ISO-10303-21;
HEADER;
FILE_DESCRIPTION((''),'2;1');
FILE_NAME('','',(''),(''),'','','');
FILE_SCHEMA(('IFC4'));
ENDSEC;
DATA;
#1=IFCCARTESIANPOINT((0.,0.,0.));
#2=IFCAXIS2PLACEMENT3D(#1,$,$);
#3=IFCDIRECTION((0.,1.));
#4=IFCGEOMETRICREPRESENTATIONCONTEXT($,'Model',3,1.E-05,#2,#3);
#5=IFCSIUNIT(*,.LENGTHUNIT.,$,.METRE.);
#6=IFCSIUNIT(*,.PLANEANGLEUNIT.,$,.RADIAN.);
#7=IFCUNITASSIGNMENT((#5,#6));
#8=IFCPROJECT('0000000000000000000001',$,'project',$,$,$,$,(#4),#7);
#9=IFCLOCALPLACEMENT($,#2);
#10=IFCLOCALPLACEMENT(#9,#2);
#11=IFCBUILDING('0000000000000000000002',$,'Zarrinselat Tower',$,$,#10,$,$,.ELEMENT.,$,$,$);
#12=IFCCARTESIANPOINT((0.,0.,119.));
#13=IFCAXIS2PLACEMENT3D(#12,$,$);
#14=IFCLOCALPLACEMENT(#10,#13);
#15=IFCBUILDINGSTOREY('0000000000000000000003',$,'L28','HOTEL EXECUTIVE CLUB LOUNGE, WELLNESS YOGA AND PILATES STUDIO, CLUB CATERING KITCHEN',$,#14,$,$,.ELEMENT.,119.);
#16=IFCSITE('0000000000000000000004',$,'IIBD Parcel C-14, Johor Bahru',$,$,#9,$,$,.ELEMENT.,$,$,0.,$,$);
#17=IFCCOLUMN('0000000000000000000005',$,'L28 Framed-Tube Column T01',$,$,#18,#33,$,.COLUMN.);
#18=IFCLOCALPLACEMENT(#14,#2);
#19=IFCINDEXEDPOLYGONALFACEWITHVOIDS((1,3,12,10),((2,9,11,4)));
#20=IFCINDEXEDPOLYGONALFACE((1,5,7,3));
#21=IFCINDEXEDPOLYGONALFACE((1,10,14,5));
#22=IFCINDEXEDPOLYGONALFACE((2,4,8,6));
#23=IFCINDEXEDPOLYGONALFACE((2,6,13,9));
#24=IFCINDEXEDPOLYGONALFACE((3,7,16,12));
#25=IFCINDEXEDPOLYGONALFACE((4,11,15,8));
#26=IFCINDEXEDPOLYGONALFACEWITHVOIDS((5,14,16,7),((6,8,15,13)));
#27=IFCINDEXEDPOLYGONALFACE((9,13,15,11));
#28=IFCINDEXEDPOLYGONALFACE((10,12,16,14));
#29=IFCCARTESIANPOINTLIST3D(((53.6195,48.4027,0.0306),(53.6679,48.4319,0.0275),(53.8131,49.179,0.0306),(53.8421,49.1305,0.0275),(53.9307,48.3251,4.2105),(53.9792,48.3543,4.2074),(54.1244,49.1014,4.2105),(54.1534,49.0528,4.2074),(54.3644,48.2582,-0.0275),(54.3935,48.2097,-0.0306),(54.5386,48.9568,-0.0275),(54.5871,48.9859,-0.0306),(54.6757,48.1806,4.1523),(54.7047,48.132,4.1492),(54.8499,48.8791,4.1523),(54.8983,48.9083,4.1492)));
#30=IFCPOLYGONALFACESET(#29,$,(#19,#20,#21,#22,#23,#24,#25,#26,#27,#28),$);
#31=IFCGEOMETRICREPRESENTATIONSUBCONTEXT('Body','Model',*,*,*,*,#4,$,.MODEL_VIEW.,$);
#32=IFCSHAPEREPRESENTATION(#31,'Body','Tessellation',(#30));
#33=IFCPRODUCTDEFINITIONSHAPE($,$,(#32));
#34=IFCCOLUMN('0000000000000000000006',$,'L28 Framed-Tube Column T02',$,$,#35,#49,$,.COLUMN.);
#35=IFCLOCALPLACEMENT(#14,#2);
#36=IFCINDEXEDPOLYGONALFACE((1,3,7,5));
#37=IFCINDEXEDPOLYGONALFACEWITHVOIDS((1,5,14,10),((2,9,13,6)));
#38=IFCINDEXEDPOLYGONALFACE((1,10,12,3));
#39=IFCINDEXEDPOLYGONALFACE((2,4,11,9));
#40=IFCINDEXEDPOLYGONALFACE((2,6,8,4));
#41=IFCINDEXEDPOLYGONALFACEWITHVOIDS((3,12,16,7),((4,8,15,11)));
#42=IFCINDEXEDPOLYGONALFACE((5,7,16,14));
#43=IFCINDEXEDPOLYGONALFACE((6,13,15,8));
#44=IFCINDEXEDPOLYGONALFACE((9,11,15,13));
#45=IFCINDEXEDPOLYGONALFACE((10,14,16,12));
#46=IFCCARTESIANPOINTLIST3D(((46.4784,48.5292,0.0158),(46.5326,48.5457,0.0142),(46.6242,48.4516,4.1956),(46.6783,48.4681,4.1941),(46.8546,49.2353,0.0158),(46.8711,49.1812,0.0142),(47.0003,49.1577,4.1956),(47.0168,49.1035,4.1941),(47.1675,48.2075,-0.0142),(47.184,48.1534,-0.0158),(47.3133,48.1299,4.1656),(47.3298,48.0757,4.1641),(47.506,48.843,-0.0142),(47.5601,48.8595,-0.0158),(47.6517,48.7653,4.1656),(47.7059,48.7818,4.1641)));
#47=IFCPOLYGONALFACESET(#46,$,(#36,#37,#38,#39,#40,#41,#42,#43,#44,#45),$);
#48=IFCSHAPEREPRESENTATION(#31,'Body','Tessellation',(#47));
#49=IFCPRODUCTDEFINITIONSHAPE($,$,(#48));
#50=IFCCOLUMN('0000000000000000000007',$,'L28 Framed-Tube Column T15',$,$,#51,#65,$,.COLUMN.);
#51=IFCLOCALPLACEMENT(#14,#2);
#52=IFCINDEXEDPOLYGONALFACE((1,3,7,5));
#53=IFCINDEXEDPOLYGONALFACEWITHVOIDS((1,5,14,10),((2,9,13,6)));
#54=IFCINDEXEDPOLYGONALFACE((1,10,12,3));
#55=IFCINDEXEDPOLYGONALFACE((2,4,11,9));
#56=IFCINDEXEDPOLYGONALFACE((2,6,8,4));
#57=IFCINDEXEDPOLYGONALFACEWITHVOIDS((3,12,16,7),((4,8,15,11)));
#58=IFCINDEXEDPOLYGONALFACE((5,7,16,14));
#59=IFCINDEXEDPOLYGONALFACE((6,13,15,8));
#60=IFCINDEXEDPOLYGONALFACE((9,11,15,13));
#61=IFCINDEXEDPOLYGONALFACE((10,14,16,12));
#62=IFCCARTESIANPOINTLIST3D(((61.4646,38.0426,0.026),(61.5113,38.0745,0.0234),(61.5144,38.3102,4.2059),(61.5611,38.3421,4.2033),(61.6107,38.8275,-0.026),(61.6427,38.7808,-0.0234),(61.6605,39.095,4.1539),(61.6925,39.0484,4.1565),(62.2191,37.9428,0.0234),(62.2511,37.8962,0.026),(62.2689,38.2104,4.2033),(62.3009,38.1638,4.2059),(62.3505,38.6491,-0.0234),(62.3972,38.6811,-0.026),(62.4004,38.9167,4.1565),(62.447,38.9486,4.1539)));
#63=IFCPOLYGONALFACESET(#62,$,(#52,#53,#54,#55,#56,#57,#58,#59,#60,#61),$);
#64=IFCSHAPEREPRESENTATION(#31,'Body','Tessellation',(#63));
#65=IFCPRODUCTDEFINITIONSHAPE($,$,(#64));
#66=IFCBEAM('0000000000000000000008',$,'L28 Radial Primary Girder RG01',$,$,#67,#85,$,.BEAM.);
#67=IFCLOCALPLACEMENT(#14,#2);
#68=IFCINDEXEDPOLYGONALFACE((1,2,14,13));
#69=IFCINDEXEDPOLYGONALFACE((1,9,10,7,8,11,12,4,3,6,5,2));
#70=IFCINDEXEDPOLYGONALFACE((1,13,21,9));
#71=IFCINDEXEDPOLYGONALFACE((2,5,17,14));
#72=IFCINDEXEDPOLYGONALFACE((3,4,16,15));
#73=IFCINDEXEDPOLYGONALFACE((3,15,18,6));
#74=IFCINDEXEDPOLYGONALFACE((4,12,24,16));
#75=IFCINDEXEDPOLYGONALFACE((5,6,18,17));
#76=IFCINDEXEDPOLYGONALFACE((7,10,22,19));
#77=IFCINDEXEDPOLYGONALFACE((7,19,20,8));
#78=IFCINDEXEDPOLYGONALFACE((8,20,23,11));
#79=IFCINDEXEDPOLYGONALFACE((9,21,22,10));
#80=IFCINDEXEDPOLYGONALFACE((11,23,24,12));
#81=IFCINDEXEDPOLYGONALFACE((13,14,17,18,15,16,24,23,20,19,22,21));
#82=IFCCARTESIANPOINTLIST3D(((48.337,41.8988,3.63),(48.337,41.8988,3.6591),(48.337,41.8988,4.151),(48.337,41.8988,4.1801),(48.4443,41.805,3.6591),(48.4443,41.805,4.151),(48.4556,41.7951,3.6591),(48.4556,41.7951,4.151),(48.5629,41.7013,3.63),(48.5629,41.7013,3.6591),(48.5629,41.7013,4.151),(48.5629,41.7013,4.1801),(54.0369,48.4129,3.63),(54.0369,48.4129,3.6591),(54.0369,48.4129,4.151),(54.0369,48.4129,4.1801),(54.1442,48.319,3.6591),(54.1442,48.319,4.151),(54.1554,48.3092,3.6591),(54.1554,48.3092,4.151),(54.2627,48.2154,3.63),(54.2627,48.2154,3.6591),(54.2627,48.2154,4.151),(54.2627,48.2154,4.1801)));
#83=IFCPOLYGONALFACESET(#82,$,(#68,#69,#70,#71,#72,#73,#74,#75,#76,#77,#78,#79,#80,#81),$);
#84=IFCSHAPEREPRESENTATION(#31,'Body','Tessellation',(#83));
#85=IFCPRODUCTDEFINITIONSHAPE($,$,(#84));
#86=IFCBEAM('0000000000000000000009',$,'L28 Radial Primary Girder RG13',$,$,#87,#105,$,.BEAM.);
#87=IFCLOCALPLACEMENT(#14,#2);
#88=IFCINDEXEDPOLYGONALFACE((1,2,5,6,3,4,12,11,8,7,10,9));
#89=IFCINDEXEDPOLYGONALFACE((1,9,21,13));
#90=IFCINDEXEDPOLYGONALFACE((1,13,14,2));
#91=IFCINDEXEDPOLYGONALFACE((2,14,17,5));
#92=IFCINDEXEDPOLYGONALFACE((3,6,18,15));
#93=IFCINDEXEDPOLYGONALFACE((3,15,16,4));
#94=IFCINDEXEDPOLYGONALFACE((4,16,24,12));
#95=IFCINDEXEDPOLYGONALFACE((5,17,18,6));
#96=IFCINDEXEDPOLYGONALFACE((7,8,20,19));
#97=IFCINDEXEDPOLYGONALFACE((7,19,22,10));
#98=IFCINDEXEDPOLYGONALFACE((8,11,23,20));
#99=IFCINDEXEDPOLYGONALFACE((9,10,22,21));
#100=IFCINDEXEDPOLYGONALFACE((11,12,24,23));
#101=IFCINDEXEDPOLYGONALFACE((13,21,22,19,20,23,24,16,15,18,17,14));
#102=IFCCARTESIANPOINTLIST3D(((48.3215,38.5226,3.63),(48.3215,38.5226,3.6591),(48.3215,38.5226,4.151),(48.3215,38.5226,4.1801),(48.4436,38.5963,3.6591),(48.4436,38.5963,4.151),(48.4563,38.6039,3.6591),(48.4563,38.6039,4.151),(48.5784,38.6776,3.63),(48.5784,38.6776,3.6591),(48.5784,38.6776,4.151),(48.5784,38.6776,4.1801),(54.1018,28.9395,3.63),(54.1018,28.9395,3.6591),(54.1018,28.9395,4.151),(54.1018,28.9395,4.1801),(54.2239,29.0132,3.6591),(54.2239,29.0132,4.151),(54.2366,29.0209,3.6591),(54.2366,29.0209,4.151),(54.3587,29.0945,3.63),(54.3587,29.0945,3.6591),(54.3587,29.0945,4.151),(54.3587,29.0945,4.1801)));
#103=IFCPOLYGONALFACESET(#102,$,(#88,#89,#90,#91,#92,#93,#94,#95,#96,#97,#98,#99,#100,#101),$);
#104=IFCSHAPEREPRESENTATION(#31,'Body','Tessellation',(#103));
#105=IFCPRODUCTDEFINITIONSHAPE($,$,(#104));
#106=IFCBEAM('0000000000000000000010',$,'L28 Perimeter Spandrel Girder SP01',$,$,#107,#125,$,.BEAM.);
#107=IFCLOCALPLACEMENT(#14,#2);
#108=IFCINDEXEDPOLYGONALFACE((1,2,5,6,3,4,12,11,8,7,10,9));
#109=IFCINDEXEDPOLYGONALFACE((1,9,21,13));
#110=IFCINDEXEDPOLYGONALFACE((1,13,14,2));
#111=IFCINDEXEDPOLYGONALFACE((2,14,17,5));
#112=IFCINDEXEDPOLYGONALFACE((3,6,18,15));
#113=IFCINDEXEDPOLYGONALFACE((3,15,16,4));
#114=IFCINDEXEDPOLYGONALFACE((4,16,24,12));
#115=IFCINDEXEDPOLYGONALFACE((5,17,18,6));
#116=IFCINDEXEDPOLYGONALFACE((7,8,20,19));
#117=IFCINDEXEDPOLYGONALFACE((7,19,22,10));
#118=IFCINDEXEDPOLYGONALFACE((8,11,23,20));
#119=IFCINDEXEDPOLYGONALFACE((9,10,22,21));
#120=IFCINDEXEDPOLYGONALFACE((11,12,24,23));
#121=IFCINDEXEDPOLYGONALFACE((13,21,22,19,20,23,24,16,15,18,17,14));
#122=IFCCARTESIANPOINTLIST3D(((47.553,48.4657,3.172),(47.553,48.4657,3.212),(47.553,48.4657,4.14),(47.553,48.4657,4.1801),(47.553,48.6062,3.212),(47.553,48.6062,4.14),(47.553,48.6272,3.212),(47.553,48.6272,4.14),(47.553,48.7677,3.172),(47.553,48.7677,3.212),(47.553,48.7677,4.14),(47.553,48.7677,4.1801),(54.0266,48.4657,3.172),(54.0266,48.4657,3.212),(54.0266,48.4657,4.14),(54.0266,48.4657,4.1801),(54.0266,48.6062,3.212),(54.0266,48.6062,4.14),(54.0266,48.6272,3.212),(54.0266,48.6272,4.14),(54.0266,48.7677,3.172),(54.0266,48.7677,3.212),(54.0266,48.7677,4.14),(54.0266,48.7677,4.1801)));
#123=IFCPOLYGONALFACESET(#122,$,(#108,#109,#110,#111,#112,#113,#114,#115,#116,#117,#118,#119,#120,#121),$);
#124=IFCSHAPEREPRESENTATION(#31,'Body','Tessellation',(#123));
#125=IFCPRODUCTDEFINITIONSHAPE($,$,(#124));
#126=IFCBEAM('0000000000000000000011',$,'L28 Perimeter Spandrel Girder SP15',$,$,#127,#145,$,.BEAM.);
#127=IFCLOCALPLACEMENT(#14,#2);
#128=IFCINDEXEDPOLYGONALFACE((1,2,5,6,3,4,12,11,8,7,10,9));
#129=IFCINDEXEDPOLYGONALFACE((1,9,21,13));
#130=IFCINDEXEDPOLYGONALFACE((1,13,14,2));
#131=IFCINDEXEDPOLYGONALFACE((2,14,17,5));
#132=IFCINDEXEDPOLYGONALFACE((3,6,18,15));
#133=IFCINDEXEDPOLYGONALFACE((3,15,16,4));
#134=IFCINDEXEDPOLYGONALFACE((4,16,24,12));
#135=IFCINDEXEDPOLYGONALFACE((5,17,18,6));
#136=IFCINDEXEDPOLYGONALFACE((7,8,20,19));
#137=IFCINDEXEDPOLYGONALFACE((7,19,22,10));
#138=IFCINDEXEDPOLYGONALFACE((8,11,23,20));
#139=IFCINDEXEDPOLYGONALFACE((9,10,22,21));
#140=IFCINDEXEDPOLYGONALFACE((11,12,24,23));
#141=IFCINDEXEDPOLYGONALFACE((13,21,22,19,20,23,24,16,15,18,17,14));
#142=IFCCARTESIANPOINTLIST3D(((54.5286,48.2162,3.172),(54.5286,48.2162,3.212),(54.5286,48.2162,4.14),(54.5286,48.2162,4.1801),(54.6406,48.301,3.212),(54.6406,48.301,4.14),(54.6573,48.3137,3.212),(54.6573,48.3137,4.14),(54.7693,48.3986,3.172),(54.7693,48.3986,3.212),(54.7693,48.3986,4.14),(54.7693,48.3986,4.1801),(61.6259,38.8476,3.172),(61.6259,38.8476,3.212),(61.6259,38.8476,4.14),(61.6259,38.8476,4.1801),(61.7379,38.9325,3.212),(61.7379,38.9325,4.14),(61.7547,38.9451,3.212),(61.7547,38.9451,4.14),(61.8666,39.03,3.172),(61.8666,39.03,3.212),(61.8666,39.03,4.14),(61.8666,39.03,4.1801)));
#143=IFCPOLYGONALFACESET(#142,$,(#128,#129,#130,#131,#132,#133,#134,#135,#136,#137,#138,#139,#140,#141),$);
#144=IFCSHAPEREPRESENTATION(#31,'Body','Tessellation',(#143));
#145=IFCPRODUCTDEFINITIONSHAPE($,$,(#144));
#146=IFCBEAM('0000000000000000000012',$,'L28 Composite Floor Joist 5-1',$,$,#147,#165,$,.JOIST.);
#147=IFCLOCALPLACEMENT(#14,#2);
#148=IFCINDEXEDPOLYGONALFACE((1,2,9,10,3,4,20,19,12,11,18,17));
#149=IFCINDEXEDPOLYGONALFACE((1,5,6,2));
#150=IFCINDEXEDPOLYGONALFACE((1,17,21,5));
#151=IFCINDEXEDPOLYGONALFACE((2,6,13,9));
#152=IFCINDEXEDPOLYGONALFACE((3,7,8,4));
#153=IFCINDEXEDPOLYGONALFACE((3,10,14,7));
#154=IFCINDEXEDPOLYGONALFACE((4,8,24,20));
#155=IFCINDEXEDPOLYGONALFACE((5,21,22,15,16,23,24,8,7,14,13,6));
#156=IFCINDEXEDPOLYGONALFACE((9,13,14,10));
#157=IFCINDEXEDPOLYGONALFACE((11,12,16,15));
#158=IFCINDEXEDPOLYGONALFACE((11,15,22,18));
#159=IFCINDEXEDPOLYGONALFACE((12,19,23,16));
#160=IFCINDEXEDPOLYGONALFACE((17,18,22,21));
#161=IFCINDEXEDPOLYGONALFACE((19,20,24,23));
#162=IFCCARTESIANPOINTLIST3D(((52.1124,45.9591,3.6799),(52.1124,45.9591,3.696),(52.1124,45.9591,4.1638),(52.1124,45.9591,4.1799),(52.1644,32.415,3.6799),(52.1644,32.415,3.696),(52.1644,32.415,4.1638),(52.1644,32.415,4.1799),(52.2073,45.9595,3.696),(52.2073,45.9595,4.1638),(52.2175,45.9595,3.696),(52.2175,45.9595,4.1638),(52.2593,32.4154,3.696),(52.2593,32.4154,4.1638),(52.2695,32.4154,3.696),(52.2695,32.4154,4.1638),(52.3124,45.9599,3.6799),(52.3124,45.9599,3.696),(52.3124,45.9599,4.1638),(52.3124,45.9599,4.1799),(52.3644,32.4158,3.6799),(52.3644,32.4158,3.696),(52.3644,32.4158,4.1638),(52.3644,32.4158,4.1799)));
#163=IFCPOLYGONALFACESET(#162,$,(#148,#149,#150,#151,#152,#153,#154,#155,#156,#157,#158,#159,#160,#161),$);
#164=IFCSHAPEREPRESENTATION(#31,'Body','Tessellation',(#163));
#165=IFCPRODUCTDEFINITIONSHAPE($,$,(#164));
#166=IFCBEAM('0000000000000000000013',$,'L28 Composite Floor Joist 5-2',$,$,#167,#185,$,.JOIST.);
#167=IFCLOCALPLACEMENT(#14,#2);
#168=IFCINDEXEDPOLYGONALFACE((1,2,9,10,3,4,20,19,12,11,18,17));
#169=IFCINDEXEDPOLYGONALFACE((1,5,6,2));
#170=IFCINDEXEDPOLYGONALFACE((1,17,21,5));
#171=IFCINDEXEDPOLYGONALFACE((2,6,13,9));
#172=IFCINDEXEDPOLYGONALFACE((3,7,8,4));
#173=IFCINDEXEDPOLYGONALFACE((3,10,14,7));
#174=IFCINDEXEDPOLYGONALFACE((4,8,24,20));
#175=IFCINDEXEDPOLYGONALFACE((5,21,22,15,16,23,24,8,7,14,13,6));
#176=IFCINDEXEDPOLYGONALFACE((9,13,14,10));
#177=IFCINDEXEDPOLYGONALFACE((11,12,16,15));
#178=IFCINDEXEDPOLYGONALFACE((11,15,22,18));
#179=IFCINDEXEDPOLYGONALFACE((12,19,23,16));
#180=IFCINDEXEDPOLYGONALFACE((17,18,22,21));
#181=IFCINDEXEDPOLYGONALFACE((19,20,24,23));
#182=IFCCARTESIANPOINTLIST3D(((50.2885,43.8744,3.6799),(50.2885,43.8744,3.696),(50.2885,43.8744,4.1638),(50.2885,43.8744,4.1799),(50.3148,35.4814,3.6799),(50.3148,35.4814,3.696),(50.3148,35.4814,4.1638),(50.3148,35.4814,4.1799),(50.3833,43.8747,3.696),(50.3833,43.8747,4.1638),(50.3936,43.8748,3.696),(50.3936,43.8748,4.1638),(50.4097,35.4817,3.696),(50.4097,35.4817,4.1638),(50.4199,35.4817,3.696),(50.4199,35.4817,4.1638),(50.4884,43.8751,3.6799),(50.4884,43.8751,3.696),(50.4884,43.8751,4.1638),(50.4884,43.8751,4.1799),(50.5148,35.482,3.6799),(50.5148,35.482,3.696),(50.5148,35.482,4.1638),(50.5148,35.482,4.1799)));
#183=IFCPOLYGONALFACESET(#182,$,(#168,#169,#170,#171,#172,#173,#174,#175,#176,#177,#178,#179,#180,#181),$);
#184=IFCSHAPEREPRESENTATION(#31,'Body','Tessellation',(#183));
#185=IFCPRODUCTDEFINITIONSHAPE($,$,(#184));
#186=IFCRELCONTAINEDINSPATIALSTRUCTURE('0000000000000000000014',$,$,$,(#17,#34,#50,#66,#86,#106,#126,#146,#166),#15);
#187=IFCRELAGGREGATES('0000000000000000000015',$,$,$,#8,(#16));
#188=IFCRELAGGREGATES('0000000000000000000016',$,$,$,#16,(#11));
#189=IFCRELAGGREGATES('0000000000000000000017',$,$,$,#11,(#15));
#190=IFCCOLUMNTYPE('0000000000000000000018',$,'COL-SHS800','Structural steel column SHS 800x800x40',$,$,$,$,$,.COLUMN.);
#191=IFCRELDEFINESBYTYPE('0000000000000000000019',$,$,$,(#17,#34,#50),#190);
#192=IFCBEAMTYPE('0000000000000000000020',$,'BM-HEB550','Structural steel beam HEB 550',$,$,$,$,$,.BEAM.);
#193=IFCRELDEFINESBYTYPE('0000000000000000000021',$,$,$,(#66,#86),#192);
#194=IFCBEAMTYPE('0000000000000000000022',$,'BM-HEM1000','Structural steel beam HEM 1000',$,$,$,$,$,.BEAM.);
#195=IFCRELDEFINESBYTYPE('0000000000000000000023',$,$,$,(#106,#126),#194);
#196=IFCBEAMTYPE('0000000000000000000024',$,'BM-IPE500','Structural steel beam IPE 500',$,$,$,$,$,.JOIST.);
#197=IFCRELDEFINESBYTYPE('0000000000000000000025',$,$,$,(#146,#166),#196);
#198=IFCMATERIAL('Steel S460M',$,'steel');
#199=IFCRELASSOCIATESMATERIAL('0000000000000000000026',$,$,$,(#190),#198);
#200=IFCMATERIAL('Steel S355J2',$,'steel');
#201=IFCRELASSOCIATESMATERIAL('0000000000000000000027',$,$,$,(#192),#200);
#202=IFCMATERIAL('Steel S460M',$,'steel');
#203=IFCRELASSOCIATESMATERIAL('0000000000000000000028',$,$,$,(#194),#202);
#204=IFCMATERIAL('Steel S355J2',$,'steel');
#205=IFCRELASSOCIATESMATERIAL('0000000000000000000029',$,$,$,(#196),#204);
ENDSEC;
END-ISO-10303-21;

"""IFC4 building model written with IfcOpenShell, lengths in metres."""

from ifc_helpers import new_model, si_unit, direction, frame, origin, origin_2d, place, context, subcontext, project, spatial, hollow_rectangle, i_section, extrude, material, material_profile, profile_set, type_object, element, save


model = new_model("IFC4")

# Units and contexts
model_context = context("Model", 3, precision=1e-05, world=origin(), true_north=direction((0.0, 1.0)))
body_context = subcontext(model_context, "Body", "Model", "MODEL_VIEW")
ifc_project = project(units=[si_unit("LENGTHUNIT", "METRE"), si_unit("PLANEANGLEUNIT", "RADIAN")], contexts=[model_context])

# Site, building, storey
site_placement = place(None, origin())
site = spatial("IfcSite", under=ifc_project, at=site_placement, Name="IIBD Parcel C-14, Johor Bahru", CompositionType="ELEMENT", RefElevation=0.0)
building_placement = place(site_placement, origin())
building = spatial("IfcBuilding", under=site, at=building_placement, Name="Zarrinselat Tower", CompositionType="ELEMENT")
storey_placement = place(building_placement, frame((0.0, 0.0, 119.0)))
storey = spatial("IfcBuildingStorey", under=building, at=storey_placement, Name="L28", Description="HOTEL EXECUTIVE CLUB LOUNGE, WELLNESS YOGA AND PILATES STUDIO, CLUB CATERING KITCHEN", CompositionType="ELEMENT", Elevation=119.0)

# Columns
ifc_material_1 = material(Name="Steel S460M", Category="steel")
ifc_material_profile_1 = material_profile(ifc_material_1, hollow_rectangle(XDim=0.8, YDim=0.8, WallThickness=0.04, at=origin_2d()), Name="SHS 800x800x40")
ifc_profile_set_1 = profile_set([ifc_material_profile_1], Name="Steel S460M")
column_type = type_object("IfcColumnType", Name="COL-SHS800", Description="Structural steel column SHS 800x800x40", PredefinedType="COLUMN", material=ifc_profile_set_1)
column_1_placement = place(storey_placement, frame((54.1033, 48.6943, 0.0), z_axis=(0.074252, -0.018519, 0.997068), x_axis=(0.241998, 0.970277, 0.0)))
element("IfcColumn", 1, at=column_1_placement, inside=storey, type_object=column_type, Name="L28 Framed-Tube Column T01", PredefinedType="COLUMN", context=body_context, shape_type="SweptSolid", body=[
    extrude(hollow_rectangle(XDim=0.8, YDim=0.8, WallThickness=0.04, at=origin_2d()), origin(), (0.0, 0.0, 1.0), 4.1921),
])
column_2_placement = place(storey_placement, frame((47.0193, 48.6943, 0.0), z_axis=(0.034842, -0.018559, 0.99922), x_axis=(0.470128, 0.882598, 0.0)))
element("IfcColumn", 2, at=column_2_placement, inside=storey, type_object=column_type, Name="L28 Framed-Tube Column T02", PredefinedType="COLUMN", context=body_context, shape_type="SweptSolid", body=[
    extrude(hollow_rectangle(XDim=0.8, YDim=0.8, WallThickness=0.04, at=origin_2d()), origin(), (0.0, 0.0, 1.0), 4.1831),
])
column_3_placement = place(storey_placement, frame((61.9309, 38.3618, 0.0), z_axis=(0.01189, 0.06388, 0.997887), x_axis=(-0.983115, 0.182989, 0.0)))
element("IfcColumn", 3, at=column_3_placement, inside=storey, type_object=column_type, Name="L28 Framed-Tube Column T15", PredefinedType="COLUMN", context=body_context, shape_type="SweptSolid", body=[
    extrude(hollow_rectangle(XDim=0.8, YDim=0.8, WallThickness=0.04, at=origin_2d()), origin(), (0.0, 0.0, 1.0), 4.1887),
])

# Beams
ifc_material_2 = material(Name="Steel S355J2", Category="steel")
ifc_material_profile_2 = material_profile(ifc_material_2, i_section(OverallWidth=0.3, OverallDepth=0.55, WebThickness=0.0149, FlangeThickness=0.0291, at=origin_2d()), Name="HEB 550")
ifc_profile_set_2 = profile_set([ifc_material_profile_2], Name="Steel S355J2")
beam_type_1 = type_object("IfcBeamType", Name="BM-HEB550", Description="Structural steel beam HEB 550", PredefinedType="BEAM", material=ifc_profile_set_2)
beam_1_placement = place(storey_placement, frame((48.45, 41.8, 3.905), z_axis=(0.658509, 0.752573, 0.0), x_axis=(-0.752573, 0.658509, 0.0)))
element("IfcBeam", 4, at=beam_1_placement, inside=storey, type_object=beam_type_1, Name="L28 Radial Primary Girder RG01", PredefinedType="BEAM", context=body_context, shape_type="SweptSolid", body=[
    extrude(i_section(OverallWidth=0.3, OverallDepth=0.55, WebThickness=0.0149, FlangeThickness=0.0291, at=origin_2d()), origin(), (0.0, 0.0, 1.0), 8.6558),
])
beam_2_placement = place(storey_placement, frame((48.45, 38.6001, 3.905), z_axis=(0.516496, -0.856289, 0.0), x_axis=(0.856289, 0.516496, 0.0)))
element("IfcBeam", 5, at=beam_2_placement, inside=storey, type_object=beam_type_1, Name="L28 Radial Primary Girder RG13", PredefinedType="BEAM", context=body_context, shape_type="SweptSolid", body=[
    extrude(i_section(OverallWidth=0.3, OverallDepth=0.55, WebThickness=0.0149, FlangeThickness=0.0291, at=origin_2d()), origin(), (0.0, 0.0, 1.0), 11.1914),
])
ifc_material_3 = material(Name="Steel S460M", Category="steel")
ifc_material_profile_3 = material_profile(ifc_material_3, i_section(OverallWidth=0.302, OverallDepth=1.0081, WebThickness=0.021, FlangeThickness=0.04, at=origin_2d()), Name="HEM 1000")
ifc_profile_set_3 = profile_set([ifc_material_profile_3], Name="Steel S460M")
beam_type_2 = type_object("IfcBeamType", Name="BM-HEM1000", Description="Structural steel beam HEM 1000", PredefinedType="BEAM", material=ifc_profile_set_3)
beam_3_placement = place(storey_placement, frame((47.553, 48.6167, 3.676), z_axis=(1.0, 0.0, 0.0), x_axis=(0.0, 1.0, 0.0)))
element("IfcBeam", 6, at=beam_3_placement, inside=storey, type_object=beam_type_2, Name="L28 Perimeter Spandrel Girder SP01", PredefinedType="BEAM", context=body_context, shape_type="SweptSolid", body=[
    extrude(i_section(OverallWidth=0.302, OverallDepth=1.0081, WebThickness=0.021, FlangeThickness=0.04, at=origin_2d()), origin(), (0.0, 0.0, 1.0), 6.4736),
])
beam_4_placement = place(storey_placement, frame((54.6489, 48.3074, 3.676), z_axis=(0.603855, -0.797094, 0.0), x_axis=(0.797094, 0.603855, 0.0)))
element("IfcBeam", 7, at=beam_4_placement, inside=storey, type_object=beam_type_2, Name="L28 Perimeter Spandrel Girder SP15", PredefinedType="BEAM", context=body_context, shape_type="SweptSolid", body=[
    extrude(i_section(OverallWidth=0.302, OverallDepth=1.0081, WebThickness=0.021, FlangeThickness=0.04, at=origin_2d()), origin(), (0.0, 0.0, 1.0), 11.7534),
])
ifc_material_4 = material(Name="Steel S355J2", Category="steel")
ifc_material_profile_4 = material_profile(ifc_material_4, i_section(OverallWidth=0.2, OverallDepth=0.5, WebThickness=0.0103, FlangeThickness=0.0161, at=origin_2d()), Name="IPE 500")
ifc_profile_set_4 = profile_set([ifc_material_profile_4], Name="Steel S355J2")
beam_type_3 = type_object("IfcBeamType", Name="BM-IPE500", Description="Structural steel beam IPE 500", PredefinedType="JOIST", material=ifc_profile_set_4)
beam_5_placement = place(storey_placement, frame((52.2124, 45.9595, 3.9299), z_axis=(0.003839, -0.999993, 0.0), x_axis=(0.999993, 0.003839, 0.0)))
element("IfcBeam", 8, at=beam_5_placement, inside=storey, type_object=beam_type_3, Name="L28 Composite Floor Joist 5-1", PredefinedType="JOIST", context=body_context, shape_type="SweptSolid", body=[
    extrude(i_section(OverallWidth=0.2, OverallDepth=0.5, WebThickness=0.0103, FlangeThickness=0.0161, at=origin_2d()), origin(), (0.0, 0.0, 1.0), 13.5442),
])
beam_6_placement = place(storey_placement, frame((50.3884, 43.8748, 3.9299), z_axis=(0.003142, -0.999995, 0.0), x_axis=(0.999995, 0.003142, 0.0)))
element("IfcBeam", 9, at=beam_6_placement, inside=storey, type_object=beam_type_3, Name="L28 Composite Floor Joist 5-2", PredefinedType="JOIST", context=body_context, shape_type="SweptSolid", body=[
    extrude(i_section(OverallWidth=0.2, OverallDepth=0.5, WebThickness=0.0103, FlangeThickness=0.0161, at=origin_2d()), origin(), (0.0, 0.0, 1.0), 8.3931),
])

save(model, "model.ifc")
